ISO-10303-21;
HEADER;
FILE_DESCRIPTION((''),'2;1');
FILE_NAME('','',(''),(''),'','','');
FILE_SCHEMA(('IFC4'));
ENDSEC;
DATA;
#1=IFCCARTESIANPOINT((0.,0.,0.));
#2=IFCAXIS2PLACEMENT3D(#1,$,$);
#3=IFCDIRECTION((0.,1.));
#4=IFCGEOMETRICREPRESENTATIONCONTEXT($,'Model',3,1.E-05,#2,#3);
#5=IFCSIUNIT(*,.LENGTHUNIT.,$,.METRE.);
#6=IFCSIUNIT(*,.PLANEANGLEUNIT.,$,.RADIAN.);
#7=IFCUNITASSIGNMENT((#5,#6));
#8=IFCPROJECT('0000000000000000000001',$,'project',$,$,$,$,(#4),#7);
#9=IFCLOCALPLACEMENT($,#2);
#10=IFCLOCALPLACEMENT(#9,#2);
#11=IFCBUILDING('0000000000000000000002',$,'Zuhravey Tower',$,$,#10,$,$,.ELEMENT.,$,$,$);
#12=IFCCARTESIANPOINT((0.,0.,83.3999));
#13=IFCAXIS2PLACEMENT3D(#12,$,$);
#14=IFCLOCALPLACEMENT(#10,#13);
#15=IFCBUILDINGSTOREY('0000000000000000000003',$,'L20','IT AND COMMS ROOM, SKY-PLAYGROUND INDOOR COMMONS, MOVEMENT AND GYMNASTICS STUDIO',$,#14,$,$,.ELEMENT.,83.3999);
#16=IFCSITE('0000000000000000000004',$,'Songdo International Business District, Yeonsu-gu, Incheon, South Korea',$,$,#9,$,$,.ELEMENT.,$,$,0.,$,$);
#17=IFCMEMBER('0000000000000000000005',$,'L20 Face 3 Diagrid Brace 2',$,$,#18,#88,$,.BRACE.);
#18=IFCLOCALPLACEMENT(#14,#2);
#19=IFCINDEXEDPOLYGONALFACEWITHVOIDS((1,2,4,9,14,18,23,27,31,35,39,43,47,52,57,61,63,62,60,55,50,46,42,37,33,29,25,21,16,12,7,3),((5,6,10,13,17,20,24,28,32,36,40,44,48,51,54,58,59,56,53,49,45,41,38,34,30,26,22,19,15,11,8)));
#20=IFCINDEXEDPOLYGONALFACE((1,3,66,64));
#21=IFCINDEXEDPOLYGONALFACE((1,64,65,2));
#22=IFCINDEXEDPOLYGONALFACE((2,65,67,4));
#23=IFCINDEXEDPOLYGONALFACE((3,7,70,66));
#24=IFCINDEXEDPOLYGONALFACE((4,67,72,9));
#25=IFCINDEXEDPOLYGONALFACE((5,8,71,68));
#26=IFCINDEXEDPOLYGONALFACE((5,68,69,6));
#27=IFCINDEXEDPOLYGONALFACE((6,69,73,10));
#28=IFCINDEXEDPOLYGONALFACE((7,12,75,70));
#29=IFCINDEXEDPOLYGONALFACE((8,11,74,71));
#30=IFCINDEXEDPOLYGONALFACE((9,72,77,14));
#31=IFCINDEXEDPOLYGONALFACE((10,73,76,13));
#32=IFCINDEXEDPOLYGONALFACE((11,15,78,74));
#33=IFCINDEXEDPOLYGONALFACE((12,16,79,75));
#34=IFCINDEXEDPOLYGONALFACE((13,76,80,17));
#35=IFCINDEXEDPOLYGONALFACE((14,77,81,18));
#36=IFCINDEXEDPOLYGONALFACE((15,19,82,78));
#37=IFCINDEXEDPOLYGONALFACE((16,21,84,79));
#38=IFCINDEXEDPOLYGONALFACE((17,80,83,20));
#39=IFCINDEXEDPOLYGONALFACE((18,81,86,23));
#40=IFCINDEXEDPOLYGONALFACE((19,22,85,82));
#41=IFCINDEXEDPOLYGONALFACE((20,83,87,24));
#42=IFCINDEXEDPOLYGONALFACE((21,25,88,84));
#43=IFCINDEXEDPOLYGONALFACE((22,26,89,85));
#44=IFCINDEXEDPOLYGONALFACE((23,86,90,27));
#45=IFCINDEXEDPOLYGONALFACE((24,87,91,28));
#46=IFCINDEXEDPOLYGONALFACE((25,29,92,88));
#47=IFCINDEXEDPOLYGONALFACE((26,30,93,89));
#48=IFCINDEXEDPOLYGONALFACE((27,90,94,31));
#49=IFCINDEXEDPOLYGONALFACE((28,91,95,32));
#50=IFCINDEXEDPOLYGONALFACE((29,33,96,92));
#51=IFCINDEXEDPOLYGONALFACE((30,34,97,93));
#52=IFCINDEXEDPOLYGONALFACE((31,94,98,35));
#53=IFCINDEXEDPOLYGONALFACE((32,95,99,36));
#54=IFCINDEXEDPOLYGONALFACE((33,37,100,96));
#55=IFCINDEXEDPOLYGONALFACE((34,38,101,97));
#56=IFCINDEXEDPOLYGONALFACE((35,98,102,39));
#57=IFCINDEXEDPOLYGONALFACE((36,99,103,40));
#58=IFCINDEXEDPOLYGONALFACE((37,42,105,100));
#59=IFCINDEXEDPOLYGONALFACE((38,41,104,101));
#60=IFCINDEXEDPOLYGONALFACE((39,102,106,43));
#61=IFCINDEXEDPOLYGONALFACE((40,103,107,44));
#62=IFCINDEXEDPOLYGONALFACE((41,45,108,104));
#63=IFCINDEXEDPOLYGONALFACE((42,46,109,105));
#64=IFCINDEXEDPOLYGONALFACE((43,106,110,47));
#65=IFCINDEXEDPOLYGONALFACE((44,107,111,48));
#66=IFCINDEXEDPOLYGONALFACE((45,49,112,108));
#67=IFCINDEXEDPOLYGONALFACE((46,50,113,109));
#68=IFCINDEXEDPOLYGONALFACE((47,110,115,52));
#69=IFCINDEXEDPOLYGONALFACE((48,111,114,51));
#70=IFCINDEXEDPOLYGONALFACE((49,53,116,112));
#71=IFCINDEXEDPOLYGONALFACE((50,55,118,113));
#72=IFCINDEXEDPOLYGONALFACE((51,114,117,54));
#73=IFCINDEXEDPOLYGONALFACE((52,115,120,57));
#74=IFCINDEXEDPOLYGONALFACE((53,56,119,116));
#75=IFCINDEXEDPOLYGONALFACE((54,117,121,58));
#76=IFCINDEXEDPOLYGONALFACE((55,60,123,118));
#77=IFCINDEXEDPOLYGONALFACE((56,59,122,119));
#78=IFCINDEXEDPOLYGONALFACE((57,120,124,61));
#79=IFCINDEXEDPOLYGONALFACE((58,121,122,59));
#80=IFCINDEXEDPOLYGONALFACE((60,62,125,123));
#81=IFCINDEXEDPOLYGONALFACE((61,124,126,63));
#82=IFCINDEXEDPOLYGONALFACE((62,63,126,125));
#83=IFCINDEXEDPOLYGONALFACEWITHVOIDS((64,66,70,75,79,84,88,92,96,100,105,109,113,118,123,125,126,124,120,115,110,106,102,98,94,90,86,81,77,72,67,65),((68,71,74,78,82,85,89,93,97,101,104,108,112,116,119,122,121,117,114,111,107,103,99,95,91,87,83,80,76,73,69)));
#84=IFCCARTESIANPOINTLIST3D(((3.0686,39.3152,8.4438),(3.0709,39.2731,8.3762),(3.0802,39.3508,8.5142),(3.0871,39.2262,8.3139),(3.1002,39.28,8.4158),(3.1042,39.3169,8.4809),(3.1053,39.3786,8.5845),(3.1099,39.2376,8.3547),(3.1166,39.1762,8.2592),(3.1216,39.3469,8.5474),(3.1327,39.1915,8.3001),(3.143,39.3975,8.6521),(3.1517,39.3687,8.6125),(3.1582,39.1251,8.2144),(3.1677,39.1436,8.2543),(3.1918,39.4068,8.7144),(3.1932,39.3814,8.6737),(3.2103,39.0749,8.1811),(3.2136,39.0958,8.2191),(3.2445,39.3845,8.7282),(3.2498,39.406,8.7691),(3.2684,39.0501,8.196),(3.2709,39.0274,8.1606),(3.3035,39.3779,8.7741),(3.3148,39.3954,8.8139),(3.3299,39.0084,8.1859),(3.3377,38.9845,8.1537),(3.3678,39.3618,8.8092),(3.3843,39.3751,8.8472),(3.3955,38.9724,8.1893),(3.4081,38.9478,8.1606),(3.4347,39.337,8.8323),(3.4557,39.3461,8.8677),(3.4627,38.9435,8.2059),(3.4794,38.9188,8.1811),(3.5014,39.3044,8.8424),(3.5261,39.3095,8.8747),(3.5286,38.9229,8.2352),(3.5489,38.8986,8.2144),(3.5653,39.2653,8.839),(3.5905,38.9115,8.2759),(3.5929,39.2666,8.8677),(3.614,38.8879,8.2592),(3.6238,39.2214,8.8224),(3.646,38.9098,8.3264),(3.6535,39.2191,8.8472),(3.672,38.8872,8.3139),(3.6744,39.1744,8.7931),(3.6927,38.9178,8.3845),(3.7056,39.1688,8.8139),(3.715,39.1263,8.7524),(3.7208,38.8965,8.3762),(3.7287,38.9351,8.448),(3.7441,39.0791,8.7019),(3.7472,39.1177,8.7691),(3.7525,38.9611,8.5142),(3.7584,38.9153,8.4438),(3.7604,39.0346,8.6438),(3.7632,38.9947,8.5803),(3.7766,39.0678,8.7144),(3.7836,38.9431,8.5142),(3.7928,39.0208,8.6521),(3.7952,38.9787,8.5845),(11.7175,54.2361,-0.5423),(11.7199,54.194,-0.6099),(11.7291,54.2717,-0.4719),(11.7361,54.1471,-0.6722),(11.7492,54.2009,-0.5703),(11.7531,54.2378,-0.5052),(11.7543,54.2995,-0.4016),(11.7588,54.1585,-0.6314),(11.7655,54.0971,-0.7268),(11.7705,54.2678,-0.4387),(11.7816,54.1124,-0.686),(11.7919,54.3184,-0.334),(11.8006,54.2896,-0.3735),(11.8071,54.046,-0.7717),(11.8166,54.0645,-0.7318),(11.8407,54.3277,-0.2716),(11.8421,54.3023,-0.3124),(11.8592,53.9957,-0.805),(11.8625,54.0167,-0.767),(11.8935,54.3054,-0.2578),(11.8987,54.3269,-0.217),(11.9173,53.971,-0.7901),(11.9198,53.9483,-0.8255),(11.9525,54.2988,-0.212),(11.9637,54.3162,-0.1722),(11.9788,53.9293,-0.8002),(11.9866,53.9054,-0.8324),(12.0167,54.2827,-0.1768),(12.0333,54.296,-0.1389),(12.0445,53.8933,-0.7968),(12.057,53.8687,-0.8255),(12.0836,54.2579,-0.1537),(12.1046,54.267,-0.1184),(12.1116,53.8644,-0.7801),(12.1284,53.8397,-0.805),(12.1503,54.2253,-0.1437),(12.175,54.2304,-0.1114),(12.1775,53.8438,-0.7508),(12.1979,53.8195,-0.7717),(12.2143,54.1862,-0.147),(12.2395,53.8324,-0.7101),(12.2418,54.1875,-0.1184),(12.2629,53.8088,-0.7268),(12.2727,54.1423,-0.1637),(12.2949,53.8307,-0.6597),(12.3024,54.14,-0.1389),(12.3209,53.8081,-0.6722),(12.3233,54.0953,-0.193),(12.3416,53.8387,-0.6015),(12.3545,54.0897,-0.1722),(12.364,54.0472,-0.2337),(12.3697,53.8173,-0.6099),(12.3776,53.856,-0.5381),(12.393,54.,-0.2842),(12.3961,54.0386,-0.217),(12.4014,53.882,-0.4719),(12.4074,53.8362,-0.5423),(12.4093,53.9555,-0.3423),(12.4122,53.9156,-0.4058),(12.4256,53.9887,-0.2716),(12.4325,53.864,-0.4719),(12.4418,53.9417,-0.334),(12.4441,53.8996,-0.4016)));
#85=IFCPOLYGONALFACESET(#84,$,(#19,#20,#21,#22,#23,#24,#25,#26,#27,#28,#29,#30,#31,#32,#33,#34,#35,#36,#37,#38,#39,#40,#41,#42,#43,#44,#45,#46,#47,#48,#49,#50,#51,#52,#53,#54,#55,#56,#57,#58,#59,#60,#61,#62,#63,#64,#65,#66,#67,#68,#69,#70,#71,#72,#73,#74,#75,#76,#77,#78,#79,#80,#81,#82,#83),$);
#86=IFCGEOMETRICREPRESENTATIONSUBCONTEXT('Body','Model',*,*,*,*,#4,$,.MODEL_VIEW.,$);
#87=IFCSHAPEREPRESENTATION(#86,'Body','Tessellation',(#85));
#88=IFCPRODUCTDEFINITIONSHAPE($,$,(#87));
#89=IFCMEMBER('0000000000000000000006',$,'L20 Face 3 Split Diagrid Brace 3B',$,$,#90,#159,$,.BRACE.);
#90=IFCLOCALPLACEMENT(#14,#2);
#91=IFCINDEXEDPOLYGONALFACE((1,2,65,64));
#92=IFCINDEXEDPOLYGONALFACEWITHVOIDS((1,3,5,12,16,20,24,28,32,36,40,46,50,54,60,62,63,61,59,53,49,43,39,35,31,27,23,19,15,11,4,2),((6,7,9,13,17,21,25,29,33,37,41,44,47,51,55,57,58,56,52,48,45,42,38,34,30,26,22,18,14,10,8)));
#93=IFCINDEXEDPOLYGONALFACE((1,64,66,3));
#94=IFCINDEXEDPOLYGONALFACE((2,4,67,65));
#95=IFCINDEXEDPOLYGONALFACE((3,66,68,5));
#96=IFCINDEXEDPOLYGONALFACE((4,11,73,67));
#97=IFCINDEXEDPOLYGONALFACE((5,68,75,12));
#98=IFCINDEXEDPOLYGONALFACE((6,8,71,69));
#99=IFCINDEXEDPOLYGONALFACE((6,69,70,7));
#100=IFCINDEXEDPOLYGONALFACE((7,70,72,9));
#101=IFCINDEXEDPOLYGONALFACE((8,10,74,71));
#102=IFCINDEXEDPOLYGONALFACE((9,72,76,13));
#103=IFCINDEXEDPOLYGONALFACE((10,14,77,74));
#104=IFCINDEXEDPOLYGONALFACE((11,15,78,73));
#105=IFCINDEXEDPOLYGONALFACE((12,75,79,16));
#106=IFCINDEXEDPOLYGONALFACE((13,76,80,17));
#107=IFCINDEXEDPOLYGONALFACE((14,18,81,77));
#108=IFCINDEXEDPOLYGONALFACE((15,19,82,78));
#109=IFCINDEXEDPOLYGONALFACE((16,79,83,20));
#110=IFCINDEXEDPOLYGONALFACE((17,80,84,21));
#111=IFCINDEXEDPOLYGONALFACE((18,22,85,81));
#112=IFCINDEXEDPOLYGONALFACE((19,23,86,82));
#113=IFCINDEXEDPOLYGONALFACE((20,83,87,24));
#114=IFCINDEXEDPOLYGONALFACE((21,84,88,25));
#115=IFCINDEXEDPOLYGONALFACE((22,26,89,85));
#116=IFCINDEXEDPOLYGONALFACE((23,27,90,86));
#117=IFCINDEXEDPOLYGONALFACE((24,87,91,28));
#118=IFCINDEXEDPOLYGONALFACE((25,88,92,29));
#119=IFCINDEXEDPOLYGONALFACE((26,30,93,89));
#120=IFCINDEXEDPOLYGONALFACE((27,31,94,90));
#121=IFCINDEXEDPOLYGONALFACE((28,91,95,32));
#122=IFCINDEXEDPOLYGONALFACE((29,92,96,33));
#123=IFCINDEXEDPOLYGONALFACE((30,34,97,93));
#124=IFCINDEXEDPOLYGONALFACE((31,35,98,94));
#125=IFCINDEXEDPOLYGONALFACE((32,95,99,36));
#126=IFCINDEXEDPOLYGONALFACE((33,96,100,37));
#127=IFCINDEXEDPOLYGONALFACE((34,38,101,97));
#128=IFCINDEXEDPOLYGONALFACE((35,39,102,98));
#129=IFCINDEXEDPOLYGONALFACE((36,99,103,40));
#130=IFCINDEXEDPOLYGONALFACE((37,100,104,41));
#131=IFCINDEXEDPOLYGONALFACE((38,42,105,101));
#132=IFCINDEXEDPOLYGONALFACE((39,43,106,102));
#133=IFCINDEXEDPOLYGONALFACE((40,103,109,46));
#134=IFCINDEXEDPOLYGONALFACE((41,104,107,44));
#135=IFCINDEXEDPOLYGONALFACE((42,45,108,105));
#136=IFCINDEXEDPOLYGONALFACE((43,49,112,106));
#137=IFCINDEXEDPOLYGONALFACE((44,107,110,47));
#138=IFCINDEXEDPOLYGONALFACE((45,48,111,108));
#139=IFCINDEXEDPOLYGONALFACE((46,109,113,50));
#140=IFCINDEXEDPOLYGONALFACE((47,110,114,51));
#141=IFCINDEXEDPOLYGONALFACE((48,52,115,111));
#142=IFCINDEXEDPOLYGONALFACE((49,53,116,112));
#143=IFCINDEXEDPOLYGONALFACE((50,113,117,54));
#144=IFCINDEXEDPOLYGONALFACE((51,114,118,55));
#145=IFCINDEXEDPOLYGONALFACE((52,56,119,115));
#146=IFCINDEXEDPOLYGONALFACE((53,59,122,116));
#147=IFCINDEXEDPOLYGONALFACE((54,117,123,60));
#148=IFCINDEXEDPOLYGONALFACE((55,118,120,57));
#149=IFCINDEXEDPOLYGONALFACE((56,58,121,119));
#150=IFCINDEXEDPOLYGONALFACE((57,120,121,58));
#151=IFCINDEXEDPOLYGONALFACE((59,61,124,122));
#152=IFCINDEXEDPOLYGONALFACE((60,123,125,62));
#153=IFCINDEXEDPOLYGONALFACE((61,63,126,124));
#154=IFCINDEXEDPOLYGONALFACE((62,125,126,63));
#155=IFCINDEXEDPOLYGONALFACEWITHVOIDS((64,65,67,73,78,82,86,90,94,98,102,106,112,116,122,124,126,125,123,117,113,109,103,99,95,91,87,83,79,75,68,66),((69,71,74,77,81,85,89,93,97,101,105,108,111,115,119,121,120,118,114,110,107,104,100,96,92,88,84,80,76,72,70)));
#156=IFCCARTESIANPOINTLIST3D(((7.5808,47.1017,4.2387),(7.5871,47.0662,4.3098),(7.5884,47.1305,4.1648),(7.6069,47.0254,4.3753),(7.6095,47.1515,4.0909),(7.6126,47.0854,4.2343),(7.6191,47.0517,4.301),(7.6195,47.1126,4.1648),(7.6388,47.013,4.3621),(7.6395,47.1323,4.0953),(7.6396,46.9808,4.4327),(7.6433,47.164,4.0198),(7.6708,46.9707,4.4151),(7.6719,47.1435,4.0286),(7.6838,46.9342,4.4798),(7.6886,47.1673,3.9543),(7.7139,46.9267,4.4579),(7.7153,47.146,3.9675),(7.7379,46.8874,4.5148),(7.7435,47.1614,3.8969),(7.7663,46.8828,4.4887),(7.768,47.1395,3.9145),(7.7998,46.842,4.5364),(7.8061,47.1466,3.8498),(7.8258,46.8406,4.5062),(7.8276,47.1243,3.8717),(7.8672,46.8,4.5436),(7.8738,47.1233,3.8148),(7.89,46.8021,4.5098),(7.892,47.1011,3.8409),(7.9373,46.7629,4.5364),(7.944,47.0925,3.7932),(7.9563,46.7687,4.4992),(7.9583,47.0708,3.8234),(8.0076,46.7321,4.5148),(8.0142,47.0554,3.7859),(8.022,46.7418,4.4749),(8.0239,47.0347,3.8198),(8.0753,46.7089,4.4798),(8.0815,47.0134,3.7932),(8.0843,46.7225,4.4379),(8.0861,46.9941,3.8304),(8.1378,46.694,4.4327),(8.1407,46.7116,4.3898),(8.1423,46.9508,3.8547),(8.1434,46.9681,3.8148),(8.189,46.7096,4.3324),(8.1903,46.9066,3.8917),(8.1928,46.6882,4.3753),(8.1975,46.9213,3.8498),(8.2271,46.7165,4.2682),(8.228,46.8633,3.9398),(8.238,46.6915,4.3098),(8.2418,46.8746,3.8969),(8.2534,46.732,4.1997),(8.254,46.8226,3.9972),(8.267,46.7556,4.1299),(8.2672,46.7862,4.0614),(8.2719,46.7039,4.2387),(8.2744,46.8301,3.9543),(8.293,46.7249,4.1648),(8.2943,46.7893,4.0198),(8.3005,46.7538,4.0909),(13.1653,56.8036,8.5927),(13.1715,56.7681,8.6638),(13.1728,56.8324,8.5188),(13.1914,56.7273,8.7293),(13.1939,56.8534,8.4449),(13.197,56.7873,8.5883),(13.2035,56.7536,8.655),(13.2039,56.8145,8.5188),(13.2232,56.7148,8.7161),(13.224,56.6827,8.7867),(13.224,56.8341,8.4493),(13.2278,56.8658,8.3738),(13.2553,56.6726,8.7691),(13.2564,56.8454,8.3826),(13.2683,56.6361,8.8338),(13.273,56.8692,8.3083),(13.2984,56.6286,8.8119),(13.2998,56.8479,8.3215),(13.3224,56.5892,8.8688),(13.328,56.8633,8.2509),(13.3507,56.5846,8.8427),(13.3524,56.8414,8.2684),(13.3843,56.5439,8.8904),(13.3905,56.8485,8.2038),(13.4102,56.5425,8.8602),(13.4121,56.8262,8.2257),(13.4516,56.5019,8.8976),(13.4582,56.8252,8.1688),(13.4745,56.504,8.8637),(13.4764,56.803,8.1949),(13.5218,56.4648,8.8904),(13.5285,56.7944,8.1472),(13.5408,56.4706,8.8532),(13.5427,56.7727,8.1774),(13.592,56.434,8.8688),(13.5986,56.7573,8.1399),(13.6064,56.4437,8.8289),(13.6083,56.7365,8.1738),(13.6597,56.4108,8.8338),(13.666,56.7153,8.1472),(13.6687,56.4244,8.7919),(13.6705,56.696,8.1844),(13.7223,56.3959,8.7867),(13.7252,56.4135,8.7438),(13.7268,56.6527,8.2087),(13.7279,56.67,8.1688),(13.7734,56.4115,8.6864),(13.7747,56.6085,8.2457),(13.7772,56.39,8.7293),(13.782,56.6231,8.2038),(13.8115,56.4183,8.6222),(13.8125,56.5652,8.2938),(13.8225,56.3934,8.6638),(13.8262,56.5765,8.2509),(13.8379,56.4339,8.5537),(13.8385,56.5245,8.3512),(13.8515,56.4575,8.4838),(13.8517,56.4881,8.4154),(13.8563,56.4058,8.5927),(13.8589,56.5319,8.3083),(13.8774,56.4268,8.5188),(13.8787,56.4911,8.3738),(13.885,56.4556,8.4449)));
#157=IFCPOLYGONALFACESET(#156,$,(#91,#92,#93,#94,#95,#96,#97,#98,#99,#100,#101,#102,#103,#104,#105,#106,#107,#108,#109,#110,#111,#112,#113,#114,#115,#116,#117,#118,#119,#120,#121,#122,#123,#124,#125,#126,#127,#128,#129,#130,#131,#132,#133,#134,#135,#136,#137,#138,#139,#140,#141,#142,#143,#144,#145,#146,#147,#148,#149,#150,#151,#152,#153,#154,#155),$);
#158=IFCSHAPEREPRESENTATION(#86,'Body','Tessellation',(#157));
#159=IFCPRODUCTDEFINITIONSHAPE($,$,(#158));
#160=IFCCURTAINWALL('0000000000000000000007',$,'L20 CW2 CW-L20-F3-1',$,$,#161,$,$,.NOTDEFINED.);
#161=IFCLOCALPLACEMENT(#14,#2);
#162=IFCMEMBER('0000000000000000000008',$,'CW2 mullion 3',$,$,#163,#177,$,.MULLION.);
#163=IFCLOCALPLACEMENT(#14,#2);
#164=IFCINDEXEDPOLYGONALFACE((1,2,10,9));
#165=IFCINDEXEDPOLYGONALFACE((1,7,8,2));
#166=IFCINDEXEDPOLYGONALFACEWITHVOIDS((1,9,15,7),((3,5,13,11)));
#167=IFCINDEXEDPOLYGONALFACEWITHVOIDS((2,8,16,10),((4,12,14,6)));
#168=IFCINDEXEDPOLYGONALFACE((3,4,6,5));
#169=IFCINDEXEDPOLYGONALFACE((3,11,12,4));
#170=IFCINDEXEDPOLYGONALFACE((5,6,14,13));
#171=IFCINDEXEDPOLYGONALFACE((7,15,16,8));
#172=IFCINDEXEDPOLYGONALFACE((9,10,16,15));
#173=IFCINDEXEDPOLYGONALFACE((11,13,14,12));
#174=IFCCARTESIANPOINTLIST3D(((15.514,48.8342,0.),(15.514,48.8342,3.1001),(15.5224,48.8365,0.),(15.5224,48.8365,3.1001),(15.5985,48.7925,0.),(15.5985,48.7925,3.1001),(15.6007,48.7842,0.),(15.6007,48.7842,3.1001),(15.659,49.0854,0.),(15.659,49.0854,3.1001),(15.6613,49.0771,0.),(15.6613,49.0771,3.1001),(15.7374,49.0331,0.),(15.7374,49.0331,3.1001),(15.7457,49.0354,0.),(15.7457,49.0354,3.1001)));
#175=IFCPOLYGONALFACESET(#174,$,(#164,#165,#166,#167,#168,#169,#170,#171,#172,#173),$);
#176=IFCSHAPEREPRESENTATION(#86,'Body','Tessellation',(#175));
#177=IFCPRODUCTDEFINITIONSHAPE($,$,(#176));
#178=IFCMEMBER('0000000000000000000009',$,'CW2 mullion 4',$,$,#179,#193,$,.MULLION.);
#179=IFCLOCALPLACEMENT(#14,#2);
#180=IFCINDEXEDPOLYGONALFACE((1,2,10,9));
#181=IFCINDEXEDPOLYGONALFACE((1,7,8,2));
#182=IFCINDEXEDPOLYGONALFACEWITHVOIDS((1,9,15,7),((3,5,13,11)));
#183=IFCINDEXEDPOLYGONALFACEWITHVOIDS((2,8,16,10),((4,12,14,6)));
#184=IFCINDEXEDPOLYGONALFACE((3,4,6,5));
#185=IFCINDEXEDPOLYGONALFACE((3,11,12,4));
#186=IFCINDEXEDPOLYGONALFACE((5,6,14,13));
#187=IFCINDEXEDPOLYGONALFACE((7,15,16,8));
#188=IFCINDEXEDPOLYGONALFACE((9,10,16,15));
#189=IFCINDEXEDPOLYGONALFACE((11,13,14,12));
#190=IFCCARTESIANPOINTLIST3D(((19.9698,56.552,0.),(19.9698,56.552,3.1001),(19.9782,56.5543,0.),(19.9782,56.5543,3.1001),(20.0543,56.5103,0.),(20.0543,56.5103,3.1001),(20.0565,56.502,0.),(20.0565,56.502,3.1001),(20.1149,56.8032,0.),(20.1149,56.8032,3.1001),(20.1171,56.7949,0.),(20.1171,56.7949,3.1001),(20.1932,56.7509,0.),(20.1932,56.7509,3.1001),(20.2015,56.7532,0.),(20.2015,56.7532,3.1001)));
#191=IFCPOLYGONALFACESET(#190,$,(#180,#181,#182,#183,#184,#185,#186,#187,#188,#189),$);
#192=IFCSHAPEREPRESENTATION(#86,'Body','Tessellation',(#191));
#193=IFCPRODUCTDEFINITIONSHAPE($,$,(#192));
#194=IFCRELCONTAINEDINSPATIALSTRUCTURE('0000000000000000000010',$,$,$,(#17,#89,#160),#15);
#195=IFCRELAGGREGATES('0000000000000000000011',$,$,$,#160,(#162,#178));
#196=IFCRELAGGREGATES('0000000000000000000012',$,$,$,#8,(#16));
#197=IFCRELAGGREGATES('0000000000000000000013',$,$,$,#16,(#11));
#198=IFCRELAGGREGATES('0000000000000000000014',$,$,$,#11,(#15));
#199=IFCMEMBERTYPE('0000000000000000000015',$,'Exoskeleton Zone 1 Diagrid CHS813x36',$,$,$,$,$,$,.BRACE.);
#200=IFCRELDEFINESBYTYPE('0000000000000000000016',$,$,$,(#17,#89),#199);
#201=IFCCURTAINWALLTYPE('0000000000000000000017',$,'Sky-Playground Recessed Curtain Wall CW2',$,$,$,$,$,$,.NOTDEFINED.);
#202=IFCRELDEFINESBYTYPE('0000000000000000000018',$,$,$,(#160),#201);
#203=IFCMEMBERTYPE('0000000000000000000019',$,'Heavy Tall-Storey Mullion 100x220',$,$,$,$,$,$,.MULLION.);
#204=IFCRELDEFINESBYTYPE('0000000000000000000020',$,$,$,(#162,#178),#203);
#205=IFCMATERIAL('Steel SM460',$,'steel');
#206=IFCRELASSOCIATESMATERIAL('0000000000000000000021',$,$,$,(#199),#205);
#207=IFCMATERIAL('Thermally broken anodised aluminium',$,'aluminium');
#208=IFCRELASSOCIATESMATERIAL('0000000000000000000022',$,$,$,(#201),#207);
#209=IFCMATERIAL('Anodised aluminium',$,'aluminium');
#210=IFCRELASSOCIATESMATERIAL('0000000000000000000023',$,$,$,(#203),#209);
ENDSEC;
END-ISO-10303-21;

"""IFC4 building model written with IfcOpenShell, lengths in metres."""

from ifc_helpers import new_model, si_unit, direction, frame, origin, origin_2d, place, context, subcontext, project, spatial, hollow_rectangle, hollow_circle, extrude, material, material_profile, profile_set, type_object, element, aggregate, save


model = new_model("IFC4")

# Units and contexts
model_context = context("Model", 3, precision=1e-05, world=origin(), true_north=direction((0.0, 1.0)))
body_context = subcontext(model_context, "Body", "Model", "MODEL_VIEW")
ifc_project = project(units=[si_unit("LENGTHUNIT", "METRE"), si_unit("PLANEANGLEUNIT", "RADIAN")], contexts=[model_context])

# Site, building, storey
site_placement = place(None, origin())
site = spatial("IfcSite", under=ifc_project, at=site_placement, Name="Songdo International Business District, Yeonsu-gu, Incheon, South Korea", CompositionType="ELEMENT", RefElevation=0.0)
building_placement = place(site_placement, origin())
building = spatial("IfcBuilding", under=site, at=building_placement, Name="Zuhravey Tower", CompositionType="ELEMENT")
storey_placement = place(building_placement, frame((0.0, 0.0, 83.3999)))
storey = spatial("IfcBuildingStorey", under=building, at=storey_placement, Name="L20", Description="IT AND COMMS ROOM, SKY-PLAYGROUND INDOOR COMMONS, MOVEMENT AND GYMNASTICS STUDIO", CompositionType="ELEMENT", Elevation=83.3999)

# Members
ifc_material_1 = material(Name="Steel SM460", Category="steel")
ifc_material_profile_1 = material_profile(ifc_material_1, hollow_circle(Radius=0.4065, WallThickness=0.0359, at=origin_2d()), Name="CHS-812.8x36")
ifc_profile_set_1 = profile_set([ifc_material_profile_1], Name="Steel SM460")
member_type_1 = type_object("IfcMemberType", Name="Exoskeleton Zone 1 Diagrid CHS813x36", PredefinedType="BRACE", material=ifc_profile_set_1)
member_1_placement = place(storey_placement, frame((12.0808, 54.0679, -0.4719), z_axis=(-0.444743, -0.767259, 0.46208), x_axis=(0.865162, -0.501493, 0.0)))
element("IfcMember", 1, at=member_1_placement, inside=storey, type_object=member_type_1, Name="L20 Face 3 Diagrid Brace 2", PredefinedType="BRACE", context=body_context, shape_type="SweptSolid", body=[
    extrude(hollow_circle(Radius=0.4065, WallThickness=0.0359, at=origin_2d()), origin(), (0.0, 0.0, 1.0), 19.447),
])
member_2_placement = place(storey_placement, frame((7.9407, 46.9277, 4.1648), z_axis=(0.464936, 0.807733, 0.362493), x_axis=(-0.866679, 0.498866, 0.0)))
element("IfcMember", 2, at=member_2_placement, inside=storey, type_object=member_type_1, Name="L20 Face 3 Split Diagrid Brace 3B", PredefinedType="BRACE", context=body_context, shape_type="SweptSolid", body=[
    extrude(hollow_circle(Radius=0.4065, WallThickness=0.0359, at=origin_2d()), origin(), (0.0, 0.0, 1.0), 12.0112),
])

# Curtain wall, members
ifc_material_2 = material(Name="Thermally broken anodised aluminium", Category="aluminium")
curtain_wall_type = type_object("IfcCurtainWallType", Name="Sky-Playground Recessed Curtain Wall CW2", PredefinedType="NOTDEFINED", material=ifc_material_2)
curtain_wall_1_placement = place(storey_placement, origin())
curtain_wall_1 = element("IfcCurtainWall", 3, at=curtain_wall_1_placement, inside=storey, type_object=curtain_wall_type, Name="L20 CW2 CW-L20-F3-1", PredefinedType="NOTDEFINED")
ifc_material_3 = material(Name="Anodised aluminium", Category="aluminium")
ifc_material_profile_2 = material_profile(ifc_material_3, hollow_rectangle(XDim=0.1001, YDim=0.29, WallThickness=0.0061, at=origin_2d()), Name="ALU-RHS-100x290x6")
ifc_profile_set_2 = profile_set([ifc_material_profile_2], Name="Anodised aluminium")
member_type_2 = type_object("IfcMemberType", Name="Heavy Tall-Storey Mullion 100x220", PredefinedType="MULLION", material=ifc_profile_set_2)
member_3_placement = place(storey_placement, frame((15.6299, 48.9348, 0.0), z_axis=(0.0, 0.0, 1.0), x_axis=(-0.866026, 0.499999, 0.0)))
member_3 = element("IfcMember", 4, at=member_3_placement, type_object=member_type_2, Name="CW2 mullion 3", PredefinedType="MULLION", context=body_context, shape_type="SweptSolid", body=[
    extrude(hollow_rectangle(XDim=0.1001, YDim=0.29, WallThickness=0.0061, at=origin_2d()), origin(), (0.0, 0.0, 1.0), 3.1001),
])
member_4_placement = place(storey_placement, frame((20.0857, 56.6526, 0.0), z_axis=(0.0, 0.0, 1.0), x_axis=(-0.866026, 0.499999, 0.0)))
member_4 = element("IfcMember", 5, at=member_4_placement, type_object=member_type_2, Name="CW2 mullion 4", PredefinedType="MULLION", context=body_context, shape_type="SweptSolid", body=[
    extrude(hollow_rectangle(XDim=0.1001, YDim=0.29, WallThickness=0.0061, at=origin_2d()), origin(), (0.0, 0.0, 1.0), 3.1001),
])

aggregate(curtain_wall_1, [member_3, member_4])

save(model, "model.ifc")
